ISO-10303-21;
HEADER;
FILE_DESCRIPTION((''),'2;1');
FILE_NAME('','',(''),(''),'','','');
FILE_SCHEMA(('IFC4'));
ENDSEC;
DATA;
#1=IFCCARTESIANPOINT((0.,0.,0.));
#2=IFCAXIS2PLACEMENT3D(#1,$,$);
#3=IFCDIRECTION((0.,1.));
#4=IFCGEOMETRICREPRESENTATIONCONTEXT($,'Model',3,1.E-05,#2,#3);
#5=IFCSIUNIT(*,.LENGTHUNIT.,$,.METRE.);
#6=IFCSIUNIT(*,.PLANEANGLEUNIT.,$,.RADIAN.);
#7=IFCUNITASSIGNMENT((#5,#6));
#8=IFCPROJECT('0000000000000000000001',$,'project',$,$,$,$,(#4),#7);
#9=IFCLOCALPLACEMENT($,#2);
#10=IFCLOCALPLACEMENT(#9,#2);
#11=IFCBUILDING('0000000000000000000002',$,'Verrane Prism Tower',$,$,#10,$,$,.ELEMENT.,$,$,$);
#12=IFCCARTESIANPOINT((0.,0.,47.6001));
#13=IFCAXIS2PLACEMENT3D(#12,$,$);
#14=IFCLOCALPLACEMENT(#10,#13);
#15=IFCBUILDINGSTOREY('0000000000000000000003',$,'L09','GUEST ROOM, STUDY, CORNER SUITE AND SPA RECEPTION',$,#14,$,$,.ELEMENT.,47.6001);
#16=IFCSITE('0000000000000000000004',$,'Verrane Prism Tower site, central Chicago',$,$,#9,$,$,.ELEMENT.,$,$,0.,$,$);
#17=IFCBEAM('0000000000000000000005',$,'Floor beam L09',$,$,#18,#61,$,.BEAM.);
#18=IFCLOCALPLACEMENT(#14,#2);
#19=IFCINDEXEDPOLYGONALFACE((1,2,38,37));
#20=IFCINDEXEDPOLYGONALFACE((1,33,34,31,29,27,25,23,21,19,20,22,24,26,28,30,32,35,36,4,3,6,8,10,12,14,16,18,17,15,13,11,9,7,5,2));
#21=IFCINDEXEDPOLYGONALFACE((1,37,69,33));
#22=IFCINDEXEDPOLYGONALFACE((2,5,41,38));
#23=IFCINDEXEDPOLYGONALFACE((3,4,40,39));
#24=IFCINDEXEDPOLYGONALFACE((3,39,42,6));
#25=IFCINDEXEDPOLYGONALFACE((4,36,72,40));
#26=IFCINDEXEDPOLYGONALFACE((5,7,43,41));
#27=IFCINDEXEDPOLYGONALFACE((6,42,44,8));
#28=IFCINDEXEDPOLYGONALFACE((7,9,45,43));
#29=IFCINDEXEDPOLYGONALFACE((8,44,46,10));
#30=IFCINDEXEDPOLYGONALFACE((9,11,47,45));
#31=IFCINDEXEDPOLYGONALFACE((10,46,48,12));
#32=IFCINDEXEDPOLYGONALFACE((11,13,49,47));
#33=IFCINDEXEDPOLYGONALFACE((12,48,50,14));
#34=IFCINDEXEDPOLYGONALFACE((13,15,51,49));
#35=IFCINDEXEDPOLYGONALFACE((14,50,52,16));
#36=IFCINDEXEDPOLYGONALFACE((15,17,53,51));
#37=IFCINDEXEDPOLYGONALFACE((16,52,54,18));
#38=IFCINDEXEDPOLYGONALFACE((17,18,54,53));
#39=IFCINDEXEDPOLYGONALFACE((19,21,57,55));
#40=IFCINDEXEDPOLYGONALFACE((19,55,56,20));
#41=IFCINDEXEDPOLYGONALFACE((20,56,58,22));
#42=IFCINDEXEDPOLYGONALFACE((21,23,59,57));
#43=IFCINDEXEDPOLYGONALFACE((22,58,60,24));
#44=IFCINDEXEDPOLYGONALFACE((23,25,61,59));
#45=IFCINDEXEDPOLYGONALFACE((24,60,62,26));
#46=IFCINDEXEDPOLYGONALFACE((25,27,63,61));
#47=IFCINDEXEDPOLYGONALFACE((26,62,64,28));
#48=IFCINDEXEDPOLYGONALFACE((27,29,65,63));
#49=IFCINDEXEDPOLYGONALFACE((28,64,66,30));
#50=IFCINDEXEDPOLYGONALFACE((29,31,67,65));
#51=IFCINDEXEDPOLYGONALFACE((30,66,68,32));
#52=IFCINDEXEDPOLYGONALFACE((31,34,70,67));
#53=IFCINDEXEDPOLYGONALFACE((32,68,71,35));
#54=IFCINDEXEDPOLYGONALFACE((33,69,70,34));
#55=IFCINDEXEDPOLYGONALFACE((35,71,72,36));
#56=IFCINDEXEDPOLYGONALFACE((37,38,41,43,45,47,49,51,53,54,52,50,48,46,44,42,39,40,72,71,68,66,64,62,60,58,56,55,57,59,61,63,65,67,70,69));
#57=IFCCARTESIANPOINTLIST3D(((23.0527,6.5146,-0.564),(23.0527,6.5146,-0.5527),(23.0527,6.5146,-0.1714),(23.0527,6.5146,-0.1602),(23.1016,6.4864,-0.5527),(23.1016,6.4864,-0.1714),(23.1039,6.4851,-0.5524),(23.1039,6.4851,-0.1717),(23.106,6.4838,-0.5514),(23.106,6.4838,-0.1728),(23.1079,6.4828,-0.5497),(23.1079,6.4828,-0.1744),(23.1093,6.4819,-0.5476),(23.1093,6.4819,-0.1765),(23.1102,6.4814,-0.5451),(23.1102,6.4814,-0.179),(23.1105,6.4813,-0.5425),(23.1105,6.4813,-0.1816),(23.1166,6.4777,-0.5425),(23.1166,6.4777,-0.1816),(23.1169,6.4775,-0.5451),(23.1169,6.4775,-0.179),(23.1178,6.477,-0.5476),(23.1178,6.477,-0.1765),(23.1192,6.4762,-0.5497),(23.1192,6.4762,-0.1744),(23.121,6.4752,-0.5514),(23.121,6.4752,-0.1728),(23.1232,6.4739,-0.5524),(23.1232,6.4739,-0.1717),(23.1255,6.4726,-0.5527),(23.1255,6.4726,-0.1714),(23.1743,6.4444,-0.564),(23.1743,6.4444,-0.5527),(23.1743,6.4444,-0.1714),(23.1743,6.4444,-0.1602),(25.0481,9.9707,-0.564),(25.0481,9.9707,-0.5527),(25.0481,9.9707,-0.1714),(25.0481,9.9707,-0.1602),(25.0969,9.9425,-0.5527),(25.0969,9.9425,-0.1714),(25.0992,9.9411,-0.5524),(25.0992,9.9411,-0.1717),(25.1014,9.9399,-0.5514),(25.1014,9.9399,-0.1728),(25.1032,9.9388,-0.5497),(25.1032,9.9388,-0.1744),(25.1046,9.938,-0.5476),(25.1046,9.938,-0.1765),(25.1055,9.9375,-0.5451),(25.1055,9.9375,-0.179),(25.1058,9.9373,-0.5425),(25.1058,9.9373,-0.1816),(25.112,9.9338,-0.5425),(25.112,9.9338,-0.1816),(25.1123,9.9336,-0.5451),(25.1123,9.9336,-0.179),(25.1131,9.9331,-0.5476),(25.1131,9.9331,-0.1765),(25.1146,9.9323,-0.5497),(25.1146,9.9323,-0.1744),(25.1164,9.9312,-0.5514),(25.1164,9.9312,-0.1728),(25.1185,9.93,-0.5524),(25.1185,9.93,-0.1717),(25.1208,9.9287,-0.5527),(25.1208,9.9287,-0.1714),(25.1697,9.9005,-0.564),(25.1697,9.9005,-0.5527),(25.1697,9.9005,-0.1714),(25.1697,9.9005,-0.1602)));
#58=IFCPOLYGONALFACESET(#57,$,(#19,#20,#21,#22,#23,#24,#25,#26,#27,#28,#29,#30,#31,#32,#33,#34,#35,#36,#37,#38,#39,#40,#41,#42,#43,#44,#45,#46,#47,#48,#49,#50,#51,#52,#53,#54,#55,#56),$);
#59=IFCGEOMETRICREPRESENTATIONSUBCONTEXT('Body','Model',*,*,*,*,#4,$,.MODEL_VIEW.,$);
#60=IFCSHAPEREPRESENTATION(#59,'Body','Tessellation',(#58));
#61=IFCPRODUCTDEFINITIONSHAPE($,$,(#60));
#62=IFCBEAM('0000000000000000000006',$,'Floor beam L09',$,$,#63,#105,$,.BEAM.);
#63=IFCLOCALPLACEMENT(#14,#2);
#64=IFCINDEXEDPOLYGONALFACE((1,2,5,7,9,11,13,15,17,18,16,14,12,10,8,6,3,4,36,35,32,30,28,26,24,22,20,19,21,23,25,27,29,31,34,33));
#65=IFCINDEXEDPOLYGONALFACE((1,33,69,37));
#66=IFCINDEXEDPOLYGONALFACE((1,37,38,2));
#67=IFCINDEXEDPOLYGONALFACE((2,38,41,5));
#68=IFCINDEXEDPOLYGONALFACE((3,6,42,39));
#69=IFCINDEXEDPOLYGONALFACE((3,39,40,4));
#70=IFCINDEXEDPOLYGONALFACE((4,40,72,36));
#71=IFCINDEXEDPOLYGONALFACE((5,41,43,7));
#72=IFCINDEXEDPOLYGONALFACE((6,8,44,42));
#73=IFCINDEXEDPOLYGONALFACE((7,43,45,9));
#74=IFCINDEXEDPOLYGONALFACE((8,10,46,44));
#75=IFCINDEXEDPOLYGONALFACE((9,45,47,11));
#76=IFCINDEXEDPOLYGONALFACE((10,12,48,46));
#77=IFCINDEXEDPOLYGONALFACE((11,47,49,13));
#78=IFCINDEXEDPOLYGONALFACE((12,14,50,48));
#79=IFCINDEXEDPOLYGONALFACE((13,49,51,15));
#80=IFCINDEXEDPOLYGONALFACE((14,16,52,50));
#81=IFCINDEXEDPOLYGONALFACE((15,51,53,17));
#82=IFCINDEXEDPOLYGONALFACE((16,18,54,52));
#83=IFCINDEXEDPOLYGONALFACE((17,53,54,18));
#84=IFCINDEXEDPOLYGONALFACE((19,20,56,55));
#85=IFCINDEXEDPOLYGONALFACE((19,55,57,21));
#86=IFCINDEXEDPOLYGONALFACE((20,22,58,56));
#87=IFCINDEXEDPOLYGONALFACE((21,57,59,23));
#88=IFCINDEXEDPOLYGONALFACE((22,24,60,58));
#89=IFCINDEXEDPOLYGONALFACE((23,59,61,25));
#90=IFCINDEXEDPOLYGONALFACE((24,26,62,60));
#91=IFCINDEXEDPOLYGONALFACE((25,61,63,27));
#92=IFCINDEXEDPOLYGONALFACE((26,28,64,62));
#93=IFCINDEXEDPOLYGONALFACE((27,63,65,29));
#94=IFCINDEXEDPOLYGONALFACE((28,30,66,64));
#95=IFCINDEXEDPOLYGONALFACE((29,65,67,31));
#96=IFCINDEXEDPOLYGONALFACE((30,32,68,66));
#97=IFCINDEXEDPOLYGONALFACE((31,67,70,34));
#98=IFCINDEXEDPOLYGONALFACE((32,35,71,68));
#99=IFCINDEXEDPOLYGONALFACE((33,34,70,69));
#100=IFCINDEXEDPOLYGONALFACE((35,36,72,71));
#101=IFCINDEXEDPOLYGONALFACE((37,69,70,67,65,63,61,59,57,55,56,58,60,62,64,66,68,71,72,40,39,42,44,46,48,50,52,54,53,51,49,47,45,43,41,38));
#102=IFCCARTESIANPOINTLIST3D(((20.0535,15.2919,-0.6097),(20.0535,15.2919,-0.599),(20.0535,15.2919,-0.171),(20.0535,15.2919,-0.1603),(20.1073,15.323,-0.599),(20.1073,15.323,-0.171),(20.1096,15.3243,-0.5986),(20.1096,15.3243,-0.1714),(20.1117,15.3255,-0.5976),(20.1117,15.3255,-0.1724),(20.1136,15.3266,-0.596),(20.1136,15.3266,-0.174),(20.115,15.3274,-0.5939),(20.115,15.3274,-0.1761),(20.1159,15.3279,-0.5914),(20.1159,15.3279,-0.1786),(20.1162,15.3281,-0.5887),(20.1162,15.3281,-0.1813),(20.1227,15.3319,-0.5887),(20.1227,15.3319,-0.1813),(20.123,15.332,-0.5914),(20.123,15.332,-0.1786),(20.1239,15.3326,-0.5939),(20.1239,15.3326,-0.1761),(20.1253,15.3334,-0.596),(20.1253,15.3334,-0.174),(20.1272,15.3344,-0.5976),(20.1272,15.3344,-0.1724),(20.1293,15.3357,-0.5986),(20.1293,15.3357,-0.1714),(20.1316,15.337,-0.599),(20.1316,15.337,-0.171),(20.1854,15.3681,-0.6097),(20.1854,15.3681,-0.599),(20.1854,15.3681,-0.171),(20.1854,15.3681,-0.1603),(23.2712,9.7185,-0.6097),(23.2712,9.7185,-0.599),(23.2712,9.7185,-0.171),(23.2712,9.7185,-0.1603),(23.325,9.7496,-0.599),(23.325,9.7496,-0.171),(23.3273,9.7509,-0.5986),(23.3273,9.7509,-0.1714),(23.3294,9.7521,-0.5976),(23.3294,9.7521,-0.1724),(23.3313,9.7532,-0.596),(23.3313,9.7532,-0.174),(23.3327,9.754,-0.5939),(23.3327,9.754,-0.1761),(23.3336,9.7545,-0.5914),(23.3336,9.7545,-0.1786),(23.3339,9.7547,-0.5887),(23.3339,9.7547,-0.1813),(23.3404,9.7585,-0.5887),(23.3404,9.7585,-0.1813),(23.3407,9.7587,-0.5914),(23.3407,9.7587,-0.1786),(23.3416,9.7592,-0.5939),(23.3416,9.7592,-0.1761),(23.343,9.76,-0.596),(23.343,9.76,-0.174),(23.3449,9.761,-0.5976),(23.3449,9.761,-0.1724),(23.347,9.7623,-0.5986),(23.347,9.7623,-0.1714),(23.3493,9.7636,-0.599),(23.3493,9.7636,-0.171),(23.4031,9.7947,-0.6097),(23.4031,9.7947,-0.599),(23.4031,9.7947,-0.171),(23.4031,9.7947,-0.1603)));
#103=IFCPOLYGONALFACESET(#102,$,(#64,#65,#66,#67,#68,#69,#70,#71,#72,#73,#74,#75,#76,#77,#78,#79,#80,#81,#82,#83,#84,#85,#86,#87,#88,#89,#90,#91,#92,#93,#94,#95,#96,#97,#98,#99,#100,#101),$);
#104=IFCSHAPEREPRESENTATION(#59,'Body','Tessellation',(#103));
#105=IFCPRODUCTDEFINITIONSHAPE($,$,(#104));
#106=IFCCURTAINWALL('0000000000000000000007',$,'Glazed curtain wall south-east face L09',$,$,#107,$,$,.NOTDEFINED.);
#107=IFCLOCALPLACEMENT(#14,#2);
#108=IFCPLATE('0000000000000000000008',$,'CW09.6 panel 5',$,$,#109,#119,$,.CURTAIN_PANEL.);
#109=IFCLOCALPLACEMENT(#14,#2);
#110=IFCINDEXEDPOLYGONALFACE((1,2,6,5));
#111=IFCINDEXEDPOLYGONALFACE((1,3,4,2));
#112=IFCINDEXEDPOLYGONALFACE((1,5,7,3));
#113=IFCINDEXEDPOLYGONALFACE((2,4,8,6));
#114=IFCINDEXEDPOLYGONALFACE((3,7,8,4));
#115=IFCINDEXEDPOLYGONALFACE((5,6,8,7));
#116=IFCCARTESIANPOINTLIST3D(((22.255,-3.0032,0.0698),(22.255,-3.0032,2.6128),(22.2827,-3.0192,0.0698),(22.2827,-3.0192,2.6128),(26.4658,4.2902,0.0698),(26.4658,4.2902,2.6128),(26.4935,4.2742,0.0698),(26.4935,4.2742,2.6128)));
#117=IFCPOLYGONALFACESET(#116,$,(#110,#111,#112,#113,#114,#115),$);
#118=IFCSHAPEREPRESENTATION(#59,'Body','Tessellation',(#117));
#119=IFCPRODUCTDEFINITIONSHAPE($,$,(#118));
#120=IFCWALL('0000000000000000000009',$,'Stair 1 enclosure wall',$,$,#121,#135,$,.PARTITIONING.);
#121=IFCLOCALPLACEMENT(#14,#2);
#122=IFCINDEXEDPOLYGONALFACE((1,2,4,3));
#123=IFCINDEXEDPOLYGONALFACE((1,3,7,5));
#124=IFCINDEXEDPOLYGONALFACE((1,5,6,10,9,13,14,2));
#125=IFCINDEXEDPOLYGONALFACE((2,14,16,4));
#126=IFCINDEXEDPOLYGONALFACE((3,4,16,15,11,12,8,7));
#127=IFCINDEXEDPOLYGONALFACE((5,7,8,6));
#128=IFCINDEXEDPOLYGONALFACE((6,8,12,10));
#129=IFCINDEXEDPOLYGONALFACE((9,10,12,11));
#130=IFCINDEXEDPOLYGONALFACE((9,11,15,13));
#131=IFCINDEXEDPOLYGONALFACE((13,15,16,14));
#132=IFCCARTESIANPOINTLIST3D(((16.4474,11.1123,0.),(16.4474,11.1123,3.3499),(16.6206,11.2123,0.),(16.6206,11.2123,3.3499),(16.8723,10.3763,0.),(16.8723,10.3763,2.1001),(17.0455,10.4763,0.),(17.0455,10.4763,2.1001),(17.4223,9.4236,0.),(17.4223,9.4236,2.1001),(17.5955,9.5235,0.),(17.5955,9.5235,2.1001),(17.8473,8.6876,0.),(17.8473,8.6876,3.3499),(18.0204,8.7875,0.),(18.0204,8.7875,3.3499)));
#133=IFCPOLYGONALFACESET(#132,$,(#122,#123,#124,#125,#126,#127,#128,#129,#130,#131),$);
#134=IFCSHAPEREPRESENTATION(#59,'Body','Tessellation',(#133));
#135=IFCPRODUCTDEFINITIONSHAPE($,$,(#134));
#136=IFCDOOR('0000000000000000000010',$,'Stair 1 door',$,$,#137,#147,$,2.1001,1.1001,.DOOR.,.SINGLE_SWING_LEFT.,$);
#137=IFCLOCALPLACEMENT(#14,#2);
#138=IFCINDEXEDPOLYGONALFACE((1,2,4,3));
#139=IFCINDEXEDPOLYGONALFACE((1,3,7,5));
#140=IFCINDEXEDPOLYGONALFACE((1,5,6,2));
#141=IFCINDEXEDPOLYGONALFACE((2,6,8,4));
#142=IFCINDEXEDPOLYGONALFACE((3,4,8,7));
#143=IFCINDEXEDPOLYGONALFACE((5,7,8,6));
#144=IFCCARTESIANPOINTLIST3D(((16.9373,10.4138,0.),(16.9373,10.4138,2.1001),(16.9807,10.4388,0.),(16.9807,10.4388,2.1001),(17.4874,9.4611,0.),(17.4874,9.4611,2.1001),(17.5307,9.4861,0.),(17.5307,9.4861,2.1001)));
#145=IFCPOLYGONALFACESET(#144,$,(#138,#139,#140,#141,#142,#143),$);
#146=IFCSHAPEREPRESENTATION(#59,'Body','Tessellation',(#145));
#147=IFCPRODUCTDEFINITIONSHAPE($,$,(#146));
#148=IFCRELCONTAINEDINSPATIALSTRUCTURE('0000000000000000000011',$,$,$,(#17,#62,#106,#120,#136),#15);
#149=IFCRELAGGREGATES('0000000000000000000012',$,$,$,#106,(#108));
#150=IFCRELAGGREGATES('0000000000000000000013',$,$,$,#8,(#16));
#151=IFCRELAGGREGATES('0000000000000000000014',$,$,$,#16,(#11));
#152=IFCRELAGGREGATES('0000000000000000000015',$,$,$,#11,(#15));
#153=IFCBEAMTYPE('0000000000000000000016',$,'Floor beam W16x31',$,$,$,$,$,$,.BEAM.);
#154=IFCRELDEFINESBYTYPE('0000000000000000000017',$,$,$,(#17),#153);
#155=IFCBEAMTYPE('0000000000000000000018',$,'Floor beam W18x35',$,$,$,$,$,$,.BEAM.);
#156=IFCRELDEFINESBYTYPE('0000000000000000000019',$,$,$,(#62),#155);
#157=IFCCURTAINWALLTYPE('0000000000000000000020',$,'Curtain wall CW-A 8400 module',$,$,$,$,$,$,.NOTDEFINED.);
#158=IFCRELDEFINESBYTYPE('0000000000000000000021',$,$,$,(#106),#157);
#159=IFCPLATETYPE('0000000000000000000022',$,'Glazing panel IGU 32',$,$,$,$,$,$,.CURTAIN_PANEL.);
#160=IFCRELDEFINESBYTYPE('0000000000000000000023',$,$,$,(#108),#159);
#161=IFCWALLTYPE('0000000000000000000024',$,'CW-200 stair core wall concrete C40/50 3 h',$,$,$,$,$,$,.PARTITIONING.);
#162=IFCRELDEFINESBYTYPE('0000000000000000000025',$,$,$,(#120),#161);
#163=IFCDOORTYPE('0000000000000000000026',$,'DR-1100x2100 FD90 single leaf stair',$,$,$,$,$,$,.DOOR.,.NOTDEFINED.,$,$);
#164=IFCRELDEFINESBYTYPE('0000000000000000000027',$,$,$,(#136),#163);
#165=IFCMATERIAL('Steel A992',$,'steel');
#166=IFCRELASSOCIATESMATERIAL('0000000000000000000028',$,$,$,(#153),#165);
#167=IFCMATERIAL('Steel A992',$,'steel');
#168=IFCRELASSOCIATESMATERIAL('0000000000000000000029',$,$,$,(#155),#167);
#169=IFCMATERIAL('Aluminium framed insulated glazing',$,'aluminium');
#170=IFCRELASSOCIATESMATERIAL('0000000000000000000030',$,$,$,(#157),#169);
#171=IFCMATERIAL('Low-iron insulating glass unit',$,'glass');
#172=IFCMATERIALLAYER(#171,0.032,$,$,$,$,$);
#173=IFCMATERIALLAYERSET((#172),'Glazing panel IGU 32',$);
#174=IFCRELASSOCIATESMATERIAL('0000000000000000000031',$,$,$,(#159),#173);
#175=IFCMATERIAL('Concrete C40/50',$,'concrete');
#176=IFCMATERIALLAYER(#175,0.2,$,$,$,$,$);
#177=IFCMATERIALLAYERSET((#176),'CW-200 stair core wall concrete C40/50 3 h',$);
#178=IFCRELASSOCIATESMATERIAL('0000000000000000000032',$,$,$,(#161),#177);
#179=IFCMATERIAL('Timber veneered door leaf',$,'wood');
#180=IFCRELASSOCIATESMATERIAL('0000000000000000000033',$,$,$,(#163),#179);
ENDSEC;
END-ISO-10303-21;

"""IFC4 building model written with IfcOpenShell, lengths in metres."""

from ifc_helpers import new_model, si_unit, direction, frame, frame_2d, origin, origin_2d, place, context, subcontext, project, spatial, rectangle, i_section, extrude, material, layer, layer_set, material_profile, profile_set, type_object, element, fill, aggregate, save


model = new_model("IFC4")

# Units and contexts
model_context = context("Model", 3, precision=1e-05, world=origin(), true_north=direction((0.0, 1.0)))
body_context = subcontext(model_context, "Body", "Model", "MODEL_VIEW")
ifc_project = project(units=[si_unit("LENGTHUNIT", "METRE"), si_unit("PLANEANGLEUNIT", "RADIAN")], contexts=[model_context])

# Site, building, storey
site_placement = place(None, origin())
site = spatial("IfcSite", under=ifc_project, at=site_placement, Name="Verrane Prism Tower site, central Chicago", CompositionType="ELEMENT", RefElevation=0.0)
building_placement = place(site_placement, origin())
building = spatial("IfcBuilding", under=site, at=building_placement, Name="Verrane Prism Tower", CompositionType="ELEMENT")
storey_placement = place(building_placement, frame((0.0, 0.0, 47.6001)))
storey = spatial("IfcBuildingStorey", under=building, at=storey_placement, Name="L09", Description="GUEST ROOM, STUDY, CORNER SUITE AND SPA RECEPTION", CompositionType="ELEMENT", Elevation=47.6001)

# Beams
ifc_material_1 = material(Name="Steel A992", Category="steel")
ifc_material_profile_1 = material_profile(ifc_material_1, i_section(OverallWidth=0.1404, OverallDepth=0.4038, WebThickness=0.0071, FlangeThickness=0.0112, FilletRadius=0.0103, at=origin_2d()), Name="W16x31")
ifc_profile_set_1 = profile_set([ifc_material_profile_1], Name="Steel A992")
beam_type_1 = type_object("IfcBeamType", Name="Floor beam W16x31", PredefinedType="BEAM", material=ifc_profile_set_1)
beam_1_placement = place(storey_placement, frame((23.1135, 6.4795, -0.3621), z_axis=(0.500001, 0.866025, 0.0), x_axis=(-0.866025, 0.500001, 0.0)))
element("IfcBeam", 1, at=beam_1_placement, inside=storey, type_object=beam_type_1, Name="Floor beam L09", PredefinedType="BEAM", context=body_context, shape_type="SweptSolid", body=[
    extrude(i_section(OverallWidth=0.1404, OverallDepth=0.4038, WebThickness=0.0071, FlangeThickness=0.0112, FilletRadius=0.0103, at=origin_2d()), origin(), (0.0, 0.0, 1.0), 3.9907),
])
ifc_material_2 = material(Name="Steel A992", Category="steel")
ifc_material_profile_2 = material_profile(ifc_material_2, i_section(OverallWidth=0.1523, OverallDepth=0.4495, WebThickness=0.0076, FlangeThickness=0.0107, FilletRadius=0.0103, at=origin_2d()), Name="W18x35")
ifc_profile_set_2 = profile_set([ifc_material_profile_2], Name="Steel A992")
beam_type_2 = type_object("IfcBeamType", Name="Floor beam W18x35", PredefinedType="BEAM", material=ifc_profile_set_2)
beam_2_placement = place(storey_placement, frame((23.3372, 9.7566, -0.385), z_axis=(-0.499991, 0.866031, 0.0), x_axis=(-0.866031, -0.499991, 0.0)))
element("IfcBeam", 2, at=beam_2_placement, inside=storey, type_object=beam_type_2, Name="Floor beam L09", PredefinedType="BEAM", context=body_context, shape_type="SweptSolid", body=[
    extrude(i_section(OverallWidth=0.1523, OverallDepth=0.4495, WebThickness=0.0076, FlangeThickness=0.0107, FilletRadius=0.0103, at=origin_2d()), origin(), (0.0, 0.0, 1.0), 6.4355),
])

# Curtain wall, plate
ifc_material_3 = material(Name="Aluminium framed insulated glazing", Category="aluminium")
curtain_wall_type = type_object("IfcCurtainWallType", Name="Curtain wall CW-A 8400 module", PredefinedType="NOTDEFINED", material=ifc_material_3)
curtain_wall_placement = place(storey_placement, origin())
curtain_wall = element("IfcCurtainWall", 3, at=curtain_wall_placement, inside=storey, type_object=curtain_wall_type, Name="Glazed curtain wall south-east face L09", PredefinedType="NOTDEFINED")
ifc_material_4 = material(Name="Low-iron insulating glass unit", Category="glass")
ifc_layer_1 = layer(ifc_material_4, 0.032)
ifc_layer_set_1 = layer_set([ifc_layer_1], Name="Glazing panel IGU 32")
plate_type = type_object("IfcPlateType", Name="Glazing panel IGU 32", PredefinedType="CURTAIN_PANEL", material=ifc_layer_set_1)
plate_placement = place(storey_placement, frame((24.3743, 0.6355, 0.0698), z_axis=(0.0, 0.0, 1.0), x_axis=(0.499999, 0.866026, 0.0)))
plate = element("IfcPlate", 4, at=plate_placement, type_object=plate_type, Name="CW09.6 panel 5", PredefinedType="CURTAIN_PANEL", context=body_context, shape_type="SweptSolid", body=[
    extrude(rectangle(XDim=8.4216, YDim=0.032, at=origin_2d()), origin(), (0.0, 0.0, 1.0), 2.543),
])
aggregate(curtain_wall, [plate])

# Wall, opening, door
ifc_material_5 = material(Name="Concrete C40/50", Category="concrete")
ifc_layer_2 = layer(ifc_material_5, 0.2)
ifc_layer_set_2 = layer_set([ifc_layer_2], Name="CW-200 stair core wall concrete C40/50 3 h")
wall_type_1 = type_object("IfcWallType", Name="CW-200 stair core wall concrete C40/50 3 h", PredefinedType="PARTITIONING", material=ifc_layer_set_2)
wall_1_placement = place(storey_placement, frame((17.9338, 8.7375, 0.0), z_axis=(0.0, 0.0, 1.0), x_axis=(-0.499984, 0.866035, 0.0)))
wall_1 = element("IfcWall", 5, at=wall_1_placement, inside=storey, type_object=wall_type_1, Name="Stair 1 enclosure wall", PredefinedType="PARTITIONING", context=body_context, shape_type="SweptSolid", body=[
    extrude(rectangle(XDim=2.7998, YDim=0.2, at=frame_2d((1.3999, 0.0))), origin(), (0.0, 0.0, 1.0), 3.3499),
])
opening_1_placement = place(wall_1_placement, frame((0.8499, 0.0, 0.0)))
opening_1 = element("IfcOpeningElement", 6, at=opening_1_placement, cuts=wall_1, PredefinedType="OPENING", context=body_context, shape_type="SweptSolid", body=[
    extrude(rectangle(XDim=1.1001, YDim=2.1001, at=frame_2d((0.55, 1.05))), frame((0.0, 0.1099, 0.0), z_axis=(0.0, -1.0, 0.0), x_axis=(1.0, 0.0, 0.0)), (0.0, 0.0, 1.0), 0.22),
])
ifc_material_6 = material(Name="Timber veneered door leaf", Category="wood")
door_type_1 = type_object("IfcDoorType", Name="DR-1100x2100 FD90 single leaf stair", OperationType="NOTDEFINED", PredefinedType="DOOR", material=ifc_material_6)
door_1_placement = place(opening_1_placement, origin())
door_1 = element("IfcDoor", 7, at=door_1_placement, inside=storey, type_object=door_type_1, Name="Stair 1 door", OperationType="SINGLE_SWING_LEFT", OverallHeight=2.1001, OverallWidth=1.1001, PredefinedType="DOOR", context=body_context, shape_type="SweptSolid", body=[
    extrude(rectangle(XDim=1.1001, YDim=2.1001, at=frame_2d((0.55, 1.05))), frame((0.0, 0.0249, 0.0), z_axis=(0.0, -1.0, 0.0), x_axis=(1.0, 0.0, 0.0)), (0.0, 0.0, 1.0), 0.05),
])
fill(opening_1, door_1)

save(model, "model.ifc")
